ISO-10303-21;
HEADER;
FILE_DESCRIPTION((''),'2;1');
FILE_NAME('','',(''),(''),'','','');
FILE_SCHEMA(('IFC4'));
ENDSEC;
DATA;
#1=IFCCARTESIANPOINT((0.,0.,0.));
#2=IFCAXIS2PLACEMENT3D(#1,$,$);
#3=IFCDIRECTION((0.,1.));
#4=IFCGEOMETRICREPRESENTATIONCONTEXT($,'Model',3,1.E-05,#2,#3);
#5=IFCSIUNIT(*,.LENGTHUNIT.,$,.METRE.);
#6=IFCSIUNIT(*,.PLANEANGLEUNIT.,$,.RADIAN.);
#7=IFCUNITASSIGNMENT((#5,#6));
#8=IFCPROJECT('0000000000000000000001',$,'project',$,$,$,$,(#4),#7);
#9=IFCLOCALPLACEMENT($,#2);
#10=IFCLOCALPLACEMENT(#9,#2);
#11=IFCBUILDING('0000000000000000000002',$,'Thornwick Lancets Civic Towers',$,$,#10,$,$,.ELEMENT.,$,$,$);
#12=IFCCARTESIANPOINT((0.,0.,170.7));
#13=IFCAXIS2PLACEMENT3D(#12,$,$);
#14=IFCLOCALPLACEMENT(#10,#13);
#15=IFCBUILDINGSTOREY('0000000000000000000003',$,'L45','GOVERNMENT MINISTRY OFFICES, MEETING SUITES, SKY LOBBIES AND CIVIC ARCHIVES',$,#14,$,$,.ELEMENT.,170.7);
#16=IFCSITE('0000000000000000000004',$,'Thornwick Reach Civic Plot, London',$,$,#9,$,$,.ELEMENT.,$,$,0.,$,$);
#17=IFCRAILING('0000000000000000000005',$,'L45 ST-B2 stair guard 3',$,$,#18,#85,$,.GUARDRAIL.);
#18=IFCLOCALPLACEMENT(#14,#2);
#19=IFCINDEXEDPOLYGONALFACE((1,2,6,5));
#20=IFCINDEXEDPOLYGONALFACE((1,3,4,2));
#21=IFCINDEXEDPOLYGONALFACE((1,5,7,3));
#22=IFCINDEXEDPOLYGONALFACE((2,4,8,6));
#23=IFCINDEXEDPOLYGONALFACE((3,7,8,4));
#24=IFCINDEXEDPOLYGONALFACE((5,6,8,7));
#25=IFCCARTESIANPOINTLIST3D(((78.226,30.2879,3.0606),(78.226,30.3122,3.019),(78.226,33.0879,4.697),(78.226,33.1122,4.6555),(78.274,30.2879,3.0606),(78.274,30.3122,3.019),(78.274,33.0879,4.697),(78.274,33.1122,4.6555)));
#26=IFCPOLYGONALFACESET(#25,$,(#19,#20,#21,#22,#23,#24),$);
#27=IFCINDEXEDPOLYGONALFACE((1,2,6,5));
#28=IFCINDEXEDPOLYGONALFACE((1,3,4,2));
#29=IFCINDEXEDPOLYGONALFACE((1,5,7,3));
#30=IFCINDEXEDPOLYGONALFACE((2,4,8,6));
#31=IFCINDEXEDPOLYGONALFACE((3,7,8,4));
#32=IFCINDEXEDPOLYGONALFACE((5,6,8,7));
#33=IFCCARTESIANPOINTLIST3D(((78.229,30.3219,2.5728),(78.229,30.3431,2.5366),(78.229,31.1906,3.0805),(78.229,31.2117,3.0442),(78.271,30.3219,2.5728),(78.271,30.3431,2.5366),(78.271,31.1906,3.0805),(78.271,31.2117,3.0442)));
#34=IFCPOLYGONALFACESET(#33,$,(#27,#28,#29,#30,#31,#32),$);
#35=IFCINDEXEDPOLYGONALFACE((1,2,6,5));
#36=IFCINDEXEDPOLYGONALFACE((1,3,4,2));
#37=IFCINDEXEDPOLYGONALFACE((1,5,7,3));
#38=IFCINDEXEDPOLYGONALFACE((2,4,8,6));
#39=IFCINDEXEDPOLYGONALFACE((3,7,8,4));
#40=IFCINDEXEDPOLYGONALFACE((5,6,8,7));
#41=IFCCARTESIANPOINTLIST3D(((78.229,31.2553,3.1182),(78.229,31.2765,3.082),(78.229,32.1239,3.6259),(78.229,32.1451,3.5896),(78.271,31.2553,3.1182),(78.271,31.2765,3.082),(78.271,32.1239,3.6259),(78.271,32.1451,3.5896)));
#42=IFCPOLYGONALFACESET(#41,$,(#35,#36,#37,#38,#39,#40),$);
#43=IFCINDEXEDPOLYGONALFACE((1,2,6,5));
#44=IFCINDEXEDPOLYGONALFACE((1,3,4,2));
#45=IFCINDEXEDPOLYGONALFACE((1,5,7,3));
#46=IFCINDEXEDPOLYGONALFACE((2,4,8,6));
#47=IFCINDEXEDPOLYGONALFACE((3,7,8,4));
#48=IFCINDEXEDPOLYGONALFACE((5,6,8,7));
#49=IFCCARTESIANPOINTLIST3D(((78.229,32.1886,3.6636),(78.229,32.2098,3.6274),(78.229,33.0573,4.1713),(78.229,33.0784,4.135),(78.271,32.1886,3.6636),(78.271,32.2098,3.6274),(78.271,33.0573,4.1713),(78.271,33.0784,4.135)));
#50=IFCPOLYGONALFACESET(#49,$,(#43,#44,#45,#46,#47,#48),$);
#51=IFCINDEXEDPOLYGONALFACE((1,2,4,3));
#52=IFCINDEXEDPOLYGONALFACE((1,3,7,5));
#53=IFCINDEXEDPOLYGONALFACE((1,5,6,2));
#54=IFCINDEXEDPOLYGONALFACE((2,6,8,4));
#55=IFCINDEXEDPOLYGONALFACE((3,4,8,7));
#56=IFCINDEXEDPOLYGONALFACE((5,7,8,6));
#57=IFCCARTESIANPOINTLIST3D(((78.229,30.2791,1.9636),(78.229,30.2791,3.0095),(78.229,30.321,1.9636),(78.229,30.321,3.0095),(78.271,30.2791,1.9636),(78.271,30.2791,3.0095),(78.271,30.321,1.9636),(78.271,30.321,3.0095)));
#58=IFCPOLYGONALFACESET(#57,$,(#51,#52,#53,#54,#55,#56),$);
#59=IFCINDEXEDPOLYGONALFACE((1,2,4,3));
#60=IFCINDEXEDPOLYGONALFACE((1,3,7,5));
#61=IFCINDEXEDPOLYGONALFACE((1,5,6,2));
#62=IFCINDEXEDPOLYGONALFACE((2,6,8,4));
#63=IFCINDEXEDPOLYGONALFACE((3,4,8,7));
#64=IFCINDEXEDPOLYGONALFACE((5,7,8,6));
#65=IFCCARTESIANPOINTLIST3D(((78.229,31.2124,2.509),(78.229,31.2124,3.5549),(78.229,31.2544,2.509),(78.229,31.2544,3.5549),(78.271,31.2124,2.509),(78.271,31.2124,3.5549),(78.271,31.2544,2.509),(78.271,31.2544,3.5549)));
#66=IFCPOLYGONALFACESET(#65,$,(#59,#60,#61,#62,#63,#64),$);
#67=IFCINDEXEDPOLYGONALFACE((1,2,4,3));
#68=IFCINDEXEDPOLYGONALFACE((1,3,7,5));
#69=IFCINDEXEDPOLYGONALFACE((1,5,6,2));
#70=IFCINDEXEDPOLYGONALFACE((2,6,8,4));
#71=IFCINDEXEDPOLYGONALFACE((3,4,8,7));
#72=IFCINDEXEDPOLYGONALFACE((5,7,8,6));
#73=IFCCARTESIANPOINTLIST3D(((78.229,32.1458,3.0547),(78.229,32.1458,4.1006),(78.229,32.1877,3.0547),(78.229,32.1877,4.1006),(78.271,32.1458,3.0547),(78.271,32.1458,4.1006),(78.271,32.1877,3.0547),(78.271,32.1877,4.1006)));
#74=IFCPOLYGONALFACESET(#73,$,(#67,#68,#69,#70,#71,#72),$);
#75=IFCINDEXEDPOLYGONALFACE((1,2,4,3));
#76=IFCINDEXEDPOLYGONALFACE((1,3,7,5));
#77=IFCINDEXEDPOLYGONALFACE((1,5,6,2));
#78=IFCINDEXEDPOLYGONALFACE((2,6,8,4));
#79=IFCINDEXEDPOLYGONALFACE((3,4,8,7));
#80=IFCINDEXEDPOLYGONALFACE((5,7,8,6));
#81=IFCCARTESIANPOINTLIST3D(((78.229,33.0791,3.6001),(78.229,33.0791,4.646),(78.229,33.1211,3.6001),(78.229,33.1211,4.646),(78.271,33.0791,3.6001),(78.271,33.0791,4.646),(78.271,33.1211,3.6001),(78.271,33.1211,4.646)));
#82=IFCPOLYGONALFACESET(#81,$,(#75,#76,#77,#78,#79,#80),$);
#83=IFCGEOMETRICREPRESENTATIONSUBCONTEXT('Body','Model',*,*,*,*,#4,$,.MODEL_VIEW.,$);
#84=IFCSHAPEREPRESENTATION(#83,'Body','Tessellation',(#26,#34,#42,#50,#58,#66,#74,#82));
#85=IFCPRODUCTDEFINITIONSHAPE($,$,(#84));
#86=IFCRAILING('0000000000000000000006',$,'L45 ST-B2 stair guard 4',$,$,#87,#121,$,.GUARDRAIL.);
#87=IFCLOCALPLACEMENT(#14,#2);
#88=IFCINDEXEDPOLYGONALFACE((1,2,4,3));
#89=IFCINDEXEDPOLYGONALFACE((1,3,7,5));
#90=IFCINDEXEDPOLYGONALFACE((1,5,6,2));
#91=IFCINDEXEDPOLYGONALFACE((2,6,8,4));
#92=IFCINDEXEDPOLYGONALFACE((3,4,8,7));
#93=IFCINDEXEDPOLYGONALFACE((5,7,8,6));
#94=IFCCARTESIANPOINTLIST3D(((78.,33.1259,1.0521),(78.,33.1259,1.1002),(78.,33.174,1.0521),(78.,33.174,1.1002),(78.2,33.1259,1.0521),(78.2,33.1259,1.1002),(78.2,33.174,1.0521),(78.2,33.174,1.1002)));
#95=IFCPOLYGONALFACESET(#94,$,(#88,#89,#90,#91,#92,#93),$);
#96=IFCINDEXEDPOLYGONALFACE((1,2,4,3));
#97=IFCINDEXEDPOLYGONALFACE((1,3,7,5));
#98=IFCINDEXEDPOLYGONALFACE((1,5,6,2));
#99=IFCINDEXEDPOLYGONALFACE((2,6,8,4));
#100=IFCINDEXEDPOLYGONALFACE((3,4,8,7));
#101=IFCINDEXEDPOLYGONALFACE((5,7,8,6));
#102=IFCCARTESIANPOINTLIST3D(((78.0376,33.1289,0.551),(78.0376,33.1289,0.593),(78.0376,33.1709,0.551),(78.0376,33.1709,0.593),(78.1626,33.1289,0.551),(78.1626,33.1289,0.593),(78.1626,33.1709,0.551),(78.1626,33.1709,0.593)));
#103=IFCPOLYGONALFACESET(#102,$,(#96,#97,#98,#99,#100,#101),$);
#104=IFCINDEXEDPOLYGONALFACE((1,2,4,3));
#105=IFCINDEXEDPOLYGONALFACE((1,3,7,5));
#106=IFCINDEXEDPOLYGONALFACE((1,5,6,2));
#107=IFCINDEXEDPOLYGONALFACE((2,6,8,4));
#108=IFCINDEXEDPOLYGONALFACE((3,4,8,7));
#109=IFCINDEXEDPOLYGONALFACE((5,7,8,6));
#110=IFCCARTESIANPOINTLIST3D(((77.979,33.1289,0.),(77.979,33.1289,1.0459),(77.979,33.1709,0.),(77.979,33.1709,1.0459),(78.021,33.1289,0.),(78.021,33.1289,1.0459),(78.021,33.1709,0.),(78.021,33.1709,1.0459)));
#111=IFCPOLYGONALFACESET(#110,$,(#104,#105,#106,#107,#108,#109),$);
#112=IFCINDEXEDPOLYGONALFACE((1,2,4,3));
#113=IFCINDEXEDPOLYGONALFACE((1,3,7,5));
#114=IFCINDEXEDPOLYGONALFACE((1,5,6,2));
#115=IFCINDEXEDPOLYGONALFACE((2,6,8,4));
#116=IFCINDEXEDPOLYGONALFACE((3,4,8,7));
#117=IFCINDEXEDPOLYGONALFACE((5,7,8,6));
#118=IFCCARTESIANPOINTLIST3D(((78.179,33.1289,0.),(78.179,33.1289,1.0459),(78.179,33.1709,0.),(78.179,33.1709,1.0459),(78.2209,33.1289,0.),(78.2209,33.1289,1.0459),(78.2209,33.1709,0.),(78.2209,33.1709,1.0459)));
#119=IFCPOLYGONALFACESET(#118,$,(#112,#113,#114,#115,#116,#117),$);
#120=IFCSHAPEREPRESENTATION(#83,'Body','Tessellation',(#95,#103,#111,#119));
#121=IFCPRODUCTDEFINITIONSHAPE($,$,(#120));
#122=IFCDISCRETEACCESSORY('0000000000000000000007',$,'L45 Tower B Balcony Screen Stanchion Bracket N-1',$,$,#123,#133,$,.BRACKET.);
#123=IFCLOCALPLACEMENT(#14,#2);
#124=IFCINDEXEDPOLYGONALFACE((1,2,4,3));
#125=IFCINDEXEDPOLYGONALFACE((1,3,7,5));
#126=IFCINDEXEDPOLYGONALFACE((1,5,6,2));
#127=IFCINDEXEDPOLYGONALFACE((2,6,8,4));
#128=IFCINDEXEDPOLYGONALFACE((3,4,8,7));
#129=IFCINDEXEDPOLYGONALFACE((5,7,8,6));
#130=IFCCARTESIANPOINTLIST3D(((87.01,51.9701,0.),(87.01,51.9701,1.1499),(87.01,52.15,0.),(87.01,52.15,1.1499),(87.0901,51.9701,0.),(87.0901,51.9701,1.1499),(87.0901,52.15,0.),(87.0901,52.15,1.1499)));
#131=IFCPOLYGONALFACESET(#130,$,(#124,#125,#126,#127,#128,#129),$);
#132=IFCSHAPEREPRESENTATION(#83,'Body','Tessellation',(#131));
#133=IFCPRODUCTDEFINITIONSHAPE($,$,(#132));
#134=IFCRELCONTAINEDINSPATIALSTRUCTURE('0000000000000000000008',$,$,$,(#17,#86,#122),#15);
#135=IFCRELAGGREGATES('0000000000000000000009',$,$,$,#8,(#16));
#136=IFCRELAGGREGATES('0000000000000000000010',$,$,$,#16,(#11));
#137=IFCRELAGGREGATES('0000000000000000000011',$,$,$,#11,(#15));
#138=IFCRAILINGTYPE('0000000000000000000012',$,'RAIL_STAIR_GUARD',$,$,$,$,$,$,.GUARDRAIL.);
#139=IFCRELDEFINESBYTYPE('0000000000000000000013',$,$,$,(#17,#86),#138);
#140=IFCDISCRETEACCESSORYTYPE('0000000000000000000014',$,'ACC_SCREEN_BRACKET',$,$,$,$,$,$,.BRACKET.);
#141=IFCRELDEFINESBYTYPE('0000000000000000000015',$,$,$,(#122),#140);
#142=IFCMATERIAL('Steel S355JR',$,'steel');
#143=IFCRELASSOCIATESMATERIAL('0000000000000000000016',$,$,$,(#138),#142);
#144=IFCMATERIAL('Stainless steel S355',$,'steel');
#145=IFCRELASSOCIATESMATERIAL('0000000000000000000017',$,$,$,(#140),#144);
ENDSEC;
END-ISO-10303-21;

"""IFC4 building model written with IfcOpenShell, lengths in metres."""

from ifc_helpers import new_model, si_unit, direction, frame, origin, origin_2d, place, context, subcontext, project, spatial, rectangle, extrude, material, type_object, element, save


model = new_model("IFC4")

# Units and contexts
model_context = context("Model", 3, precision=1e-05, world=origin(), true_north=direction((0.0, 1.0)))
body_context = subcontext(model_context, "Body", "Model", "MODEL_VIEW")
ifc_project = project(units=[si_unit("LENGTHUNIT", "METRE"), si_unit("PLANEANGLEUNIT", "RADIAN")], contexts=[model_context])

# Site, building, storey
site_placement = place(None, origin())
site = spatial("IfcSite", under=ifc_project, at=site_placement, Name="Thornwick Reach Civic Plot, London", CompositionType="ELEMENT", RefElevation=0.0)
building_placement = place(site_placement, origin())
building = spatial("IfcBuilding", under=site, at=building_placement, Name="Thornwick Lancets Civic Towers", CompositionType="ELEMENT")
storey_placement = place(building_placement, frame((0.0, 0.0, 170.7)))
storey = spatial("IfcBuildingStorey", under=building, at=storey_placement, Name="L45", Description="GOVERNMENT MINISTRY OFFICES, MEETING SUITES, SKY LOBBIES AND CIVIC ARCHIVES", CompositionType="ELEMENT", Elevation=170.7)

# Shared definitions
ifc_material_1 = material(Name="Steel S355JR", Category="steel")

# Railings
railing_type_1 = type_object("IfcRailingType", Name="RAIL_STAIR_GUARD", PredefinedType="GUARDRAIL", material=ifc_material_1)
railing_1_placement = place(storey_placement, frame((78.25, 30.3, 1.9636)))
element("IfcRailing", 1, at=railing_1_placement, inside=storey, type_object=railing_type_1, Name="L45 ST-B2 stair guard 3", PredefinedType="GUARDRAIL", context=body_context, shape_type="SweptSolid", body=[
    extrude(rectangle(XDim=0.0481, YDim=0.0481, at=origin_2d()), frame((0.0, 0.0, 1.0762), z_axis=(0.0, 0.863361, 0.504587), x_axis=(-1.0, 0.0, 0.0)), (0.0, 0.0, 1.0), 3.2432),
    extrude(rectangle(XDim=0.042, YDim=0.042, at=origin_2d()), frame((0.0, 0.0325, 0.5911), z_axis=(0.0, 0.863361, 0.504587), x_axis=(-1.0, 0.0, 0.0)), (0.0, 0.0, 1.0), 1.0061),
    extrude(rectangle(XDim=0.042, YDim=0.042, at=origin_2d()), frame((0.0, 0.9658, 1.1365), z_axis=(0.0, 0.863361, 0.504587), x_axis=(-1.0, 0.0, 0.0)), (0.0, 0.0, 1.0), 1.0061),
    extrude(rectangle(XDim=0.042, YDim=0.042, at=origin_2d()), frame((0.0, 1.8992, 1.6819), z_axis=(0.0, 0.863361, 0.504587), x_axis=(-1.0, 0.0, 0.0)), (0.0, 0.0, 1.0), 1.0061),
    extrude(rectangle(XDim=0.042, YDim=0.042, at=origin_2d()), origin(), (0.0, 0.0, 1.0), 1.0459),
    extrude(rectangle(XDim=0.042, YDim=0.042, at=origin_2d()), frame((0.0, 0.9333, 0.5454)), (0.0, 0.0, 1.0), 1.0459),
    extrude(rectangle(XDim=0.042, YDim=0.042, at=origin_2d()), frame((0.0, 1.8667, 1.0911)), (0.0, 0.0, 1.0), 1.0459),
    extrude(rectangle(XDim=0.042, YDim=0.042, at=origin_2d()), frame((0.0, 2.8, 1.6365)), (0.0, 0.0, 1.0), 1.0459),
])
railing_2_placement = place(storey_placement, frame((78.0, 33.1499, 0.0)))
element("IfcRailing", 2, at=railing_2_placement, inside=storey, type_object=railing_type_1, Name="L45 ST-B2 stair guard 4", PredefinedType="GUARDRAIL", context=body_context, shape_type="SweptSolid", body=[
    extrude(rectangle(XDim=0.0481, YDim=0.0481, at=origin_2d()), frame((0.0, 0.0, 1.0762), z_axis=(1.0, 0.0, 0.0), x_axis=(0.0, 1.0, 0.0)), (0.0, 0.0, 1.0), 0.2),
    extrude(rectangle(XDim=0.042, YDim=0.042, at=origin_2d()), frame((0.0376, 0.0, 0.572), z_axis=(1.0, 0.0, 0.0), x_axis=(0.0, 1.0, 0.0)), (0.0, 0.0, 1.0), 0.125),
    extrude(rectangle(XDim=0.042, YDim=0.042, at=origin_2d()), origin(), (0.0, 0.0, 1.0), 1.0459),
    extrude(rectangle(XDim=0.042, YDim=0.042, at=origin_2d()), frame((0.2, 0.0, 0.0)), (0.0, 0.0, 1.0), 1.0459),
])

# Discrete accessory
ifc_material_2 = material(Name="Stainless steel S355", Category="steel")
discrete_accessory_type = type_object("IfcDiscreteAccessoryType", Name="ACC_SCREEN_BRACKET", PredefinedType="BRACKET", material=ifc_material_2)
discrete_accessory_placement = place(storey_placement, frame((87.05, 52.0601, 0.0), z_axis=(0.0, 0.0, 1.0), x_axis=(1.0, 0.0, 0.0)))
element("IfcDiscreteAccessory", 3, at=discrete_accessory_placement, inside=storey, type_object=discrete_accessory_type, Name="L45 Tower B Balcony Screen Stanchion Bracket N-1", PredefinedType="BRACKET", context=body_context, shape_type="SweptSolid", body=[
    extrude(rectangle(XDim=0.0801, YDim=0.1799, at=origin_2d()), origin(), (0.0, 0.0, 1.0), 1.1499),
])

save(model, "model.ifc")
